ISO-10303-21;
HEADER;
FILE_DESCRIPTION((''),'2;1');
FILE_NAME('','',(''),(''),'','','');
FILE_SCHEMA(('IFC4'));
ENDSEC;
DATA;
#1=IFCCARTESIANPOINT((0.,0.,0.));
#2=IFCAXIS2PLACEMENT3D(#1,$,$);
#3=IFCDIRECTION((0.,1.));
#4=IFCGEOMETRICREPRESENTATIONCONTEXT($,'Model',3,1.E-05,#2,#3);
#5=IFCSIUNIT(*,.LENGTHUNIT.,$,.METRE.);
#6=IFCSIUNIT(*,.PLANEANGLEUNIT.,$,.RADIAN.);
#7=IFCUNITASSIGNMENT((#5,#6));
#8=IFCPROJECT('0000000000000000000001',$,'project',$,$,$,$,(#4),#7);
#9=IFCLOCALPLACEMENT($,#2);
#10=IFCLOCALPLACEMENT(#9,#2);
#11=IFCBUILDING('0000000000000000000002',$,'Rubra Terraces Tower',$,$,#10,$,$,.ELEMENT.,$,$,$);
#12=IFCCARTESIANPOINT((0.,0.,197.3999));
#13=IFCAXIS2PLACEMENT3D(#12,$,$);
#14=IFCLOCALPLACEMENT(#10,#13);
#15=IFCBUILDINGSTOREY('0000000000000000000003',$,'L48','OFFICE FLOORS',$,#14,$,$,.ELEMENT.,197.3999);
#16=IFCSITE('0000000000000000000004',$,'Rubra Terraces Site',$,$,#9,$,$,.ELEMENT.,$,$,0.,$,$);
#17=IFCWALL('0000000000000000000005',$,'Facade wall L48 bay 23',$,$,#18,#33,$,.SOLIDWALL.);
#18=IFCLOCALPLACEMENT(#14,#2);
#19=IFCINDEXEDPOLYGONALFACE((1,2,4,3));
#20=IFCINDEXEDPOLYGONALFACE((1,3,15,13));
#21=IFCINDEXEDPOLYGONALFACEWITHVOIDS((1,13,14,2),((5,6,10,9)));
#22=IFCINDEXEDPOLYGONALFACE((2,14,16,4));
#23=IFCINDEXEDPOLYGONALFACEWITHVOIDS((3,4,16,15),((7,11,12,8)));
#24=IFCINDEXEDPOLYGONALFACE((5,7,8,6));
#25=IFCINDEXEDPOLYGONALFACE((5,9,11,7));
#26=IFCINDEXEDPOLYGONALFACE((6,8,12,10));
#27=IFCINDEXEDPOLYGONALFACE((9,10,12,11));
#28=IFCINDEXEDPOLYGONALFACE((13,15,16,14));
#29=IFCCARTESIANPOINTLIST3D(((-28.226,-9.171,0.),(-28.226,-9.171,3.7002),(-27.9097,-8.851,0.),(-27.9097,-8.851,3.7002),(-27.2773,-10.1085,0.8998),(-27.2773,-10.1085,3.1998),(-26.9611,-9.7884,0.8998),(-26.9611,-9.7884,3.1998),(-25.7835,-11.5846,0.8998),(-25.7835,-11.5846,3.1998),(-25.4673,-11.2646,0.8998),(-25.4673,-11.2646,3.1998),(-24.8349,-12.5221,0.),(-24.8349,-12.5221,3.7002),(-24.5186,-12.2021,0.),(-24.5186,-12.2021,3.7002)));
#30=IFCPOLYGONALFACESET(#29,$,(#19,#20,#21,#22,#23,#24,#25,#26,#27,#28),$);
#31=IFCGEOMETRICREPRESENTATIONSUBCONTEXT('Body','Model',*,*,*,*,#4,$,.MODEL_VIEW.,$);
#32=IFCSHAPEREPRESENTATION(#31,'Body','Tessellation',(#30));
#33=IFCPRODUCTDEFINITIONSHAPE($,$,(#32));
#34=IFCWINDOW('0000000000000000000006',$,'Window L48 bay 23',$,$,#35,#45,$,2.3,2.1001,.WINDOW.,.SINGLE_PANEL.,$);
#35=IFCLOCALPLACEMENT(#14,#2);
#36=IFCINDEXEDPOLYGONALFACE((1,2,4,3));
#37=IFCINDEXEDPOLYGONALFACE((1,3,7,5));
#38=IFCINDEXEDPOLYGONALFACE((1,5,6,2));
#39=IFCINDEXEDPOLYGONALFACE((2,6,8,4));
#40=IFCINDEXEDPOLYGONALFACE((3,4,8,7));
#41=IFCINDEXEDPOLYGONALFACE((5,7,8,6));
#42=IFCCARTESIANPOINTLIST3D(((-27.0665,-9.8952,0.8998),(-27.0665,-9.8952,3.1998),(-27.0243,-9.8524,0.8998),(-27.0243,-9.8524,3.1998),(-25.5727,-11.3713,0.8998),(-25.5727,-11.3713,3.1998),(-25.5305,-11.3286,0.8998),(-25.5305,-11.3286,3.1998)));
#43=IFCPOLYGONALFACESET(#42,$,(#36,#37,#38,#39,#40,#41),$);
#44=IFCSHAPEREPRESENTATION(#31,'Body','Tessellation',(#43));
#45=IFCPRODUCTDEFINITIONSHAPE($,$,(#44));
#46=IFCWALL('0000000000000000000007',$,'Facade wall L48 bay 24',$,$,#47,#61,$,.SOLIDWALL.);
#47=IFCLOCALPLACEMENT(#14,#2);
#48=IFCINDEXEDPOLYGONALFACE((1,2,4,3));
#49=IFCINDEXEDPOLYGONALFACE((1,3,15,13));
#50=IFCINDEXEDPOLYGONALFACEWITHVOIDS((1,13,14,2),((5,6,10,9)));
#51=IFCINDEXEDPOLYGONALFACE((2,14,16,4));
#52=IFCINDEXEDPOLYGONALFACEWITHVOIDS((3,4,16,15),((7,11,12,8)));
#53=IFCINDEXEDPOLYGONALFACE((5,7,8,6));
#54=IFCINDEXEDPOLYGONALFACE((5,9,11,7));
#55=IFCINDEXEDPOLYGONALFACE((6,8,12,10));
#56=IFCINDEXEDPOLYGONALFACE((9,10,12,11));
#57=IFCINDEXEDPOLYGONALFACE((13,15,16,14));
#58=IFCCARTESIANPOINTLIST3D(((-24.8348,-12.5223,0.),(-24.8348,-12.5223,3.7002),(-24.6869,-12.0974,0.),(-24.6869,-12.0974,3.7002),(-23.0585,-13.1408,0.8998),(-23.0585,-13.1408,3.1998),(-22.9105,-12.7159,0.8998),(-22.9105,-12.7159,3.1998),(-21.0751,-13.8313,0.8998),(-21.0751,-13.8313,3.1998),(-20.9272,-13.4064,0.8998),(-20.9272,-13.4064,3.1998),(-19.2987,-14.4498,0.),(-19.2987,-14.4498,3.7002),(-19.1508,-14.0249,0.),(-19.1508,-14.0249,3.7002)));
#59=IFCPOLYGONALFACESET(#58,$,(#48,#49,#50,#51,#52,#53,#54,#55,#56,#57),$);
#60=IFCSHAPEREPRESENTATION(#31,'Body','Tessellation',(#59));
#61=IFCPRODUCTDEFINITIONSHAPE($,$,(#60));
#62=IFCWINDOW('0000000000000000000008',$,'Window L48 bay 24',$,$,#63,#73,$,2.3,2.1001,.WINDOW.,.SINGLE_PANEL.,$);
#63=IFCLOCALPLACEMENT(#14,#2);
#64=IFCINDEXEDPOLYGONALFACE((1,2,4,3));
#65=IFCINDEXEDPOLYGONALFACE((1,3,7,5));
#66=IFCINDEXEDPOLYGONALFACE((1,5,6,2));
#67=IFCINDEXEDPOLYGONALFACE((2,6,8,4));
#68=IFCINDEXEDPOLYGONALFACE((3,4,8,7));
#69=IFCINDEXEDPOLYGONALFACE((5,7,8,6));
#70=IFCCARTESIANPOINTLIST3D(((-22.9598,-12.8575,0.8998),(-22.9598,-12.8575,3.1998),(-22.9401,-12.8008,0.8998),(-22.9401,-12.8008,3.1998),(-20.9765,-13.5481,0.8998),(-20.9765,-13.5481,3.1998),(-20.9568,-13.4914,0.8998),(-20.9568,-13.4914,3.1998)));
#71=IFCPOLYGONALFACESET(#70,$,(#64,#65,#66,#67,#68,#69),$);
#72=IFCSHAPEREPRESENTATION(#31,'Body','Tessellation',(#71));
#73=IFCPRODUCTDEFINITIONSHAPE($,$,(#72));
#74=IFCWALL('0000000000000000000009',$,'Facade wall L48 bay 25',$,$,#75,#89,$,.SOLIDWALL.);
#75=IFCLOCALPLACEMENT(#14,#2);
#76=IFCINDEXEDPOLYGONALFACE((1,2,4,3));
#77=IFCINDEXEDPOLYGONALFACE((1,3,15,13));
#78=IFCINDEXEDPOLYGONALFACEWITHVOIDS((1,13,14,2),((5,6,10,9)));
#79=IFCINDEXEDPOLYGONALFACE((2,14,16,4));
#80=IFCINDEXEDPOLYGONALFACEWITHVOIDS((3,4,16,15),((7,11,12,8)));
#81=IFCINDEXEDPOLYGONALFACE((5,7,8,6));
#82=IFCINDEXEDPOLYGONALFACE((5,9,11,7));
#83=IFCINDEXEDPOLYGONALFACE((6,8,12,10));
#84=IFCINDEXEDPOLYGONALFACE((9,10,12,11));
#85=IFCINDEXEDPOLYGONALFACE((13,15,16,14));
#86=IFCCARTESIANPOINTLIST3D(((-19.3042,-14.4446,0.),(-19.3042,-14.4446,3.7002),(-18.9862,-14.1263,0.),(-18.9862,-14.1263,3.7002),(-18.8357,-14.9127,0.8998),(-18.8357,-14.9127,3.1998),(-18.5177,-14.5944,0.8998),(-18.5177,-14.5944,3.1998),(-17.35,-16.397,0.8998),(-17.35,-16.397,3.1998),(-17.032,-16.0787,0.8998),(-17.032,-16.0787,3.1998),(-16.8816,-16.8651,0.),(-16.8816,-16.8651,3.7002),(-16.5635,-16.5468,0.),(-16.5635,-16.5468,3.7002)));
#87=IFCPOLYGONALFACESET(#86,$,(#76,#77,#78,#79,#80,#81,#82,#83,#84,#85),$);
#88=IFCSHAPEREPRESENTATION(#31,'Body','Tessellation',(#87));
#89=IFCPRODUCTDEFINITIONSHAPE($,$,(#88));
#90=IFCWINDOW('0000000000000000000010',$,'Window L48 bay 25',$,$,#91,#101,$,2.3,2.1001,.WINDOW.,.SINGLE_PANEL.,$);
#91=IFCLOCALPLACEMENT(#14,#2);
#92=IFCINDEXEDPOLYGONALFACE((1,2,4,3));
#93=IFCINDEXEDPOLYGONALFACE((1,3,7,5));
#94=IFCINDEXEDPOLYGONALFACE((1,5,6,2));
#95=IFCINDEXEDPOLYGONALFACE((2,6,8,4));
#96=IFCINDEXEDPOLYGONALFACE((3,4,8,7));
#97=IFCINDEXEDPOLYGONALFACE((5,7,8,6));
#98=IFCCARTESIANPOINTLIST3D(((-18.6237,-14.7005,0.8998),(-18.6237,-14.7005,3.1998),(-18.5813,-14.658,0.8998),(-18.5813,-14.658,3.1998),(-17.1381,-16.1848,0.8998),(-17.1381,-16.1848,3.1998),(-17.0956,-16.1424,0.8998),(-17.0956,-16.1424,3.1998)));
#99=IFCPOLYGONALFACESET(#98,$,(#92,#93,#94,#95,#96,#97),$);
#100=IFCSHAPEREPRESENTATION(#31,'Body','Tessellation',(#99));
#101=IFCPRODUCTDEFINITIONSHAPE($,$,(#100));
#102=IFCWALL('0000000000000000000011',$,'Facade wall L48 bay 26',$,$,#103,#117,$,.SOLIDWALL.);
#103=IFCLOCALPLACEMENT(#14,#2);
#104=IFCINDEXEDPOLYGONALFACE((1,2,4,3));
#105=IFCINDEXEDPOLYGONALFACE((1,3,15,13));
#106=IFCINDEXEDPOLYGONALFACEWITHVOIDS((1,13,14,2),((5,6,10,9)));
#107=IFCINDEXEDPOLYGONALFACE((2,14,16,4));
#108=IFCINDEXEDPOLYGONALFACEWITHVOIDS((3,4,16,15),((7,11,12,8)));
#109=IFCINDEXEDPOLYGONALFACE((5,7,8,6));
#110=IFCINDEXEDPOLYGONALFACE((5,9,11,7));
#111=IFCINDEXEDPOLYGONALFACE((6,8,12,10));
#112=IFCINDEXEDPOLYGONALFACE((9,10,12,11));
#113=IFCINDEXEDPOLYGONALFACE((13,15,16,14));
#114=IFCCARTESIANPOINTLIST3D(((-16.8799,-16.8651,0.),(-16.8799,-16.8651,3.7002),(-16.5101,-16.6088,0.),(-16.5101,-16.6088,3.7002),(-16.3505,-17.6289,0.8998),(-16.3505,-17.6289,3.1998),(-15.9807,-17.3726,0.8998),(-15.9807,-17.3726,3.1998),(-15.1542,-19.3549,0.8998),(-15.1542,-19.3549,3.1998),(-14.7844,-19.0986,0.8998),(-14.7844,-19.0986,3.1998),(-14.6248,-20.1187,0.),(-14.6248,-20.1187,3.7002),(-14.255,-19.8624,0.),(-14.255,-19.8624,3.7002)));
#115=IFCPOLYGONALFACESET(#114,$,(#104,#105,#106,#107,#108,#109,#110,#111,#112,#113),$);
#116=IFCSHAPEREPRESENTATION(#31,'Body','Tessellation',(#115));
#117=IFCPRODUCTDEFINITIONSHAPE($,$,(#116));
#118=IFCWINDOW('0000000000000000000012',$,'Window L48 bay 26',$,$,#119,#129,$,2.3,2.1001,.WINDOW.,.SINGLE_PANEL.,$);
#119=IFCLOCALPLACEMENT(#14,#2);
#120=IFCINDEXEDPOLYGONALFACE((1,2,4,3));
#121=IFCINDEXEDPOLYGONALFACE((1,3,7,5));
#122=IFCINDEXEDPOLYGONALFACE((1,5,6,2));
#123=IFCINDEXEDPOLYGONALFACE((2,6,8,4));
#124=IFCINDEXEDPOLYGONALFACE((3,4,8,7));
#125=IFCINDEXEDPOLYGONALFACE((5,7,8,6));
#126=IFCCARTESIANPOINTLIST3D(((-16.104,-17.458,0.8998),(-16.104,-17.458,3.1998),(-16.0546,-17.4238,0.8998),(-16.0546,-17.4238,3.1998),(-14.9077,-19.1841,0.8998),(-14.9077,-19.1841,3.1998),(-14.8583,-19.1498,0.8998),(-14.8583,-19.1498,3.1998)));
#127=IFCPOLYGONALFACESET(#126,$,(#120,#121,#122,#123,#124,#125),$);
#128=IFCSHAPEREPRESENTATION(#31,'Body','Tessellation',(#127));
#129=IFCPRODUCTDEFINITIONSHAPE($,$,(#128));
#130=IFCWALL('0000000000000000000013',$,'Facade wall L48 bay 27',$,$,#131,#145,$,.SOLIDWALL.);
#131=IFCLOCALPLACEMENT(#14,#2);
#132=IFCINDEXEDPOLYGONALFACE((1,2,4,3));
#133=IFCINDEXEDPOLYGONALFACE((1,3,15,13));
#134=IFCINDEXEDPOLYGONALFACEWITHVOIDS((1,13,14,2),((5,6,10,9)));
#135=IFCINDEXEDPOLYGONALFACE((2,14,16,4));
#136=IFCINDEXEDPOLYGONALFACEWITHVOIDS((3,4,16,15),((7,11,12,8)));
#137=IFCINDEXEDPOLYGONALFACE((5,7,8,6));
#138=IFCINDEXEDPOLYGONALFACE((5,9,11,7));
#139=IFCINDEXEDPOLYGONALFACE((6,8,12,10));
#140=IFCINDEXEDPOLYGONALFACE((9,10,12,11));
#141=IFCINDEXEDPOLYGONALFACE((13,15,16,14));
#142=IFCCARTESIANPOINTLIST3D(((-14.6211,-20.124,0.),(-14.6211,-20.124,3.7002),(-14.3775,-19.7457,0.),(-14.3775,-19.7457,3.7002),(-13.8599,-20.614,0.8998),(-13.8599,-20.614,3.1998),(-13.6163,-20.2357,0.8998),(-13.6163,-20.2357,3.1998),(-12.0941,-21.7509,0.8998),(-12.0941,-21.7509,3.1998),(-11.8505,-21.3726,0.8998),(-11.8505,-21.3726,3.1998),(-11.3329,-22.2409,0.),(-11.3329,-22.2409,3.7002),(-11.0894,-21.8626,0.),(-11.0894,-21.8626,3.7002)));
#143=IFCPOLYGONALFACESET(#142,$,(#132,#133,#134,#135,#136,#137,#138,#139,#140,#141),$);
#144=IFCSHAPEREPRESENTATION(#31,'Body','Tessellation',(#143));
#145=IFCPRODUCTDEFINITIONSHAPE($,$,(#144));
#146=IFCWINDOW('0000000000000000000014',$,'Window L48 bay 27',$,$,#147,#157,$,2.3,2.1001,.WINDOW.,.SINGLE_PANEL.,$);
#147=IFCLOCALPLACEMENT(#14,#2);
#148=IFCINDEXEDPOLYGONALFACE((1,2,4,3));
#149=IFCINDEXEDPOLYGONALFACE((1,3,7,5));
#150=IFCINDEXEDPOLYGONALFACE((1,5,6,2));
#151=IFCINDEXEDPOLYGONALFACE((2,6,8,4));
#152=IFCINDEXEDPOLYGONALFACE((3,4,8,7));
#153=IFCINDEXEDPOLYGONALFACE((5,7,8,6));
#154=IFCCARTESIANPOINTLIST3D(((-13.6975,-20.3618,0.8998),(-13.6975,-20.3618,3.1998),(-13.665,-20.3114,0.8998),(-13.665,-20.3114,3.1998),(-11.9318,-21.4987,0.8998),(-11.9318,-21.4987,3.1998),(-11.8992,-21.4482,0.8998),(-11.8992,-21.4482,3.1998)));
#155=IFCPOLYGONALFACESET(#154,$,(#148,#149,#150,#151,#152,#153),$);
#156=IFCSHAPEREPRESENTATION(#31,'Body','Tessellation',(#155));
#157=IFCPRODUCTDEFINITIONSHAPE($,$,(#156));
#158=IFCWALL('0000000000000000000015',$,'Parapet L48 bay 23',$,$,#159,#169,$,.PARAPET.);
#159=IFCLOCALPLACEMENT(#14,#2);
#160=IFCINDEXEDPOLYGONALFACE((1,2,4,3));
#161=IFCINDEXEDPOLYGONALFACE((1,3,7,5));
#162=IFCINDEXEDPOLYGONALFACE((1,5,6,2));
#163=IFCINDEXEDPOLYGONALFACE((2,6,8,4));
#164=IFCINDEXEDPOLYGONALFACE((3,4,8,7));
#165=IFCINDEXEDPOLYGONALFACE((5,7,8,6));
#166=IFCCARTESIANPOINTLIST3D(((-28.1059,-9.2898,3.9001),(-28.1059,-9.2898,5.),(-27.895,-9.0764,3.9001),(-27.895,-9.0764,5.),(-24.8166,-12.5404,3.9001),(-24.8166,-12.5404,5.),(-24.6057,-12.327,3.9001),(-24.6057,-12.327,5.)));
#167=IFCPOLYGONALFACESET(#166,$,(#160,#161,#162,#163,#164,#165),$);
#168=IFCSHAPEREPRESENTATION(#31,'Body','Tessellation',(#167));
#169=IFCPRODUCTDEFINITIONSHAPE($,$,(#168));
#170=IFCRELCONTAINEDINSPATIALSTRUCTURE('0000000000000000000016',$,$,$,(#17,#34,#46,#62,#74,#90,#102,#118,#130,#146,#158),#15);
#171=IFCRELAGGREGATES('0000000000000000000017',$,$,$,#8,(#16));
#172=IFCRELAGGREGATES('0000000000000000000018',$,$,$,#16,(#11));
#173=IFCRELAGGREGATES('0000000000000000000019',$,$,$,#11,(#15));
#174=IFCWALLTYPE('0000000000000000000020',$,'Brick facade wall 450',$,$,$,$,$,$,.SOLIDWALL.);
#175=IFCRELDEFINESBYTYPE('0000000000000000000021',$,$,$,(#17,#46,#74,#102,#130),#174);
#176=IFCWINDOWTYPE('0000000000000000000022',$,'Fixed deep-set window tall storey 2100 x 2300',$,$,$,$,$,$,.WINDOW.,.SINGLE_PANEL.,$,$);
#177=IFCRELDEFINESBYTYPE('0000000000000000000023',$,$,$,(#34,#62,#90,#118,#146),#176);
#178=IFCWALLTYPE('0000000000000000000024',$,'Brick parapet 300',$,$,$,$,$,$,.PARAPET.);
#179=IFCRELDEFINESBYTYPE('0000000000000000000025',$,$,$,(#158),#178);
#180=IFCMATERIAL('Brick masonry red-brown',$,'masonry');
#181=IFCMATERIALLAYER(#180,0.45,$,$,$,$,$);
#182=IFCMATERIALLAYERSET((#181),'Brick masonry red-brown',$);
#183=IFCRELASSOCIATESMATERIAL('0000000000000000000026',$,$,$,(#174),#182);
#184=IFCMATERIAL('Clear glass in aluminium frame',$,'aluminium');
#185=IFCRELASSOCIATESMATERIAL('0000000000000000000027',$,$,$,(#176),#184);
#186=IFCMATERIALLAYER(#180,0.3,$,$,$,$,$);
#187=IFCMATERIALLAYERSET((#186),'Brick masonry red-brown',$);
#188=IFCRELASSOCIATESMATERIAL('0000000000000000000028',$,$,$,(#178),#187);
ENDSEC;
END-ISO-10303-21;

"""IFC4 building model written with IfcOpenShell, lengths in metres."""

from ifc_helpers import new_model, si_unit, direction, frame, frame_2d, origin, place, context, subcontext, project, spatial, rectangle, extrude, material, layer, layer_set, type_object, element, fill, save


model = new_model("IFC4")

# Units and contexts
model_context = context("Model", 3, precision=1e-05, world=origin(), true_north=direction((0.0, 1.0)))
body_context = subcontext(model_context, "Body", "Model", "MODEL_VIEW")
ifc_project = project(units=[si_unit("LENGTHUNIT", "METRE"), si_unit("PLANEANGLEUNIT", "RADIAN")], contexts=[model_context])

# Site, building, storey
site_placement = place(None, origin())
site = spatial("IfcSite", under=ifc_project, at=site_placement, Name="Rubra Terraces Site", CompositionType="ELEMENT", RefElevation=0.0)
building_placement = place(site_placement, origin())
building = spatial("IfcBuilding", under=site, at=building_placement, Name="Rubra Terraces Tower", CompositionType="ELEMENT")
storey_placement = place(building_placement, frame((0.0, 0.0, 197.3999)))
storey = spatial("IfcBuildingStorey", under=building, at=storey_placement, Name="L48", Description="OFFICE FLOORS", CompositionType="ELEMENT", Elevation=197.3999)

# Walls, openings, windows
ifc_material_1 = material(Name="Brick masonry red-brown", Category="masonry")
ifc_layer_1 = layer(ifc_material_1, 0.45)
ifc_layer_set_1 = layer_set([ifc_layer_1], Name="Brick masonry red-brown")
wall_type_1 = type_object("IfcWallType", Name="Brick facade wall 450", PredefinedType="SOLIDWALL", material=ifc_layer_set_1)
wall_1_placement = place(storey_placement, frame((-28.0679, -9.011, 0.0), z_axis=(0.0, 0.0, 1.0), x_axis=(0.711293, -0.702895, 0.0)))
wall_1 = element("IfcWall", 1, at=wall_1_placement, inside=storey, type_object=wall_type_1, Name="Facade wall L48 bay 23", PredefinedType="SOLIDWALL", context=body_context, shape_type="SweptSolid", body=[
    extrude(rectangle(XDim=4.7676, YDim=0.45, at=frame_2d((2.3838, 0.0))), origin(), (0.0, 0.0, 1.0), 3.7002),
])
opening_1_placement = place(wall_1_placement, frame((1.3337, 0.0, 0.8999)))
opening_1 = element("IfcOpeningElement", 2, at=opening_1_placement, cuts=wall_1, PredefinedType="OPENING", context=body_context, shape_type="SweptSolid", body=[
    extrude(rectangle(XDim=2.1001, YDim=2.3, at=frame_2d((1.05, 1.1499))), frame((0.0, 0.2349, 0.0), z_axis=(0.0, -1.0, 0.0), x_axis=(1.0, 0.0, 0.0)), (0.0, 0.0, 1.0), 0.47),
])
ifc_material_2 = material(Name="Clear glass in aluminium frame", Category="aluminium")
window_type = type_object("IfcWindowType", Name="Fixed deep-set window tall storey 2100 x 2300", PartitioningType="SINGLE_PANEL", PredefinedType="WINDOW", material=ifc_material_2)
window_1_placement = place(opening_1_placement, origin())
window_1 = element("IfcWindow", 3, at=window_1_placement, inside=storey, type_object=window_type, Name="Window L48 bay 23", OverallHeight=2.3, OverallWidth=2.1001, PartitioningType="SINGLE_PANEL", PredefinedType="WINDOW", context=body_context, shape_type="SweptSolid", body=[
    extrude(rectangle(XDim=2.1001, YDim=2.3, at=frame_2d((1.05, 1.1499))), frame((0.0, 0.135, 0.0), z_axis=(0.0, -1.0, 0.0), x_axis=(1.0, 0.0, 0.0)), (0.0, 0.0, 1.0), 0.0601),
])
fill(opening_1, window_1)
wall_2_placement = place(storey_placement, frame((-24.761, -12.3098, 0.0), z_axis=(0.0, 0.0, 1.0), x_axis=(0.944397, -0.328807, 0.0)))
wall_2 = element("IfcWall", 4, at=wall_2_placement, inside=storey, type_object=wall_type_1, Name="Facade wall L48 bay 24", PredefinedType="SOLIDWALL", context=body_context, shape_type="SweptSolid", body=[
    extrude(rectangle(XDim=5.8621, YDim=0.45, at=frame_2d((2.9312, 0.0))), origin(), (0.0, 0.0, 1.0), 3.7002),
])
opening_2_placement = place(wall_2_placement, frame((1.8811, 0.0, 0.8999)))
opening_2 = element("IfcOpeningElement", 5, at=opening_2_placement, cuts=wall_2, PredefinedType="OPENING", context=body_context, shape_type="SweptSolid", body=[
    extrude(rectangle(XDim=2.1001, YDim=2.3, at=frame_2d((1.05, 1.1499))), frame((0.0, 0.2349, 0.0), z_axis=(0.0, -1.0, 0.0), x_axis=(1.0, 0.0, 0.0)), (0.0, 0.0, 1.0), 0.47),
])
window_2_placement = place(opening_2_placement, origin())
window_2 = element("IfcWindow", 6, at=window_2_placement, inside=storey, type_object=window_type, Name="Window L48 bay 24", OverallHeight=2.3, OverallWidth=2.1001, PartitioningType="SINGLE_PANEL", PredefinedType="WINDOW", context=body_context, shape_type="SweptSolid", body=[
    extrude(rectangle(XDim=2.1001, YDim=2.3, at=frame_2d((1.05, 1.1499))), frame((0.0, 0.135, 0.0), z_axis=(0.0, -1.0, 0.0), x_axis=(1.0, 0.0, 0.0)), (0.0, 0.0, 1.0), 0.0601),
])
fill(opening_2, window_2)
wall_3_placement = place(storey_placement, frame((-19.1453, -14.2854, 0.0), z_axis=(0.0, 0.0, 1.0), x_axis=(0.707428, -0.706786, 0.0)))
wall_3 = element("IfcWall", 7, at=wall_3_placement, inside=storey, type_object=wall_type_1, Name="Facade wall L48 bay 25", PredefinedType="SOLIDWALL", context=body_context, shape_type="SweptSolid", body=[
    extrude(rectangle(XDim=3.4246, YDim=0.45, at=frame_2d((1.7124, 0.0))), origin(), (0.0, 0.0, 1.0), 3.7002),
])
opening_3_placement = place(wall_3_placement, frame((0.6624, 0.0, 0.8999)))
opening_3 = element("IfcOpeningElement", 8, at=opening_3_placement, cuts=wall_3, PredefinedType="OPENING", context=body_context, shape_type="SweptSolid", body=[
    extrude(rectangle(XDim=2.1001, YDim=2.3, at=frame_2d((1.05, 1.1499))), frame((0.0, 0.2349, 0.0), z_axis=(0.0, -1.0, 0.0), x_axis=(1.0, 0.0, 0.0)), (0.0, 0.0, 1.0), 0.47),
])
window_3_placement = place(opening_3_placement, origin())
window_3 = element("IfcWindow", 9, at=window_3_placement, inside=storey, type_object=window_type, Name="Window L48 bay 25", OverallHeight=2.3, OverallWidth=2.1001, PartitioningType="SINGLE_PANEL", PredefinedType="WINDOW", context=body_context, shape_type="SweptSolid", body=[
    extrude(rectangle(XDim=2.1001, YDim=2.3, at=frame_2d((1.05, 1.1499))), frame((0.0, 0.135, 0.0), z_axis=(0.0, -1.0, 0.0), x_axis=(1.0, 0.0, 0.0)), (0.0, 0.0, 1.0), 0.0601),
])
fill(opening_3, window_3)
wall_4_placement = place(storey_placement, frame((-16.6951, -16.7368, 0.0), z_axis=(0.0, 0.0, 1.0), x_axis=(0.569652, -0.821886, 0.0)))
wall_4 = element("IfcWall", 10, at=wall_4_placement, inside=storey, type_object=wall_type_1, Name="Facade wall L48 bay 26", PredefinedType="SOLIDWALL", context=body_context, shape_type="SweptSolid", body=[
    extrude(rectangle(XDim=3.9587, YDim=0.45, at=frame_2d((1.9795, 0.0))), origin(), (0.0, 0.0, 1.0), 3.7002),
])
opening_4_placement = place(wall_4_placement, frame((0.9294, 0.0, 0.8999)))
opening_4 = element("IfcOpeningElement", 11, at=opening_4_placement, cuts=wall_4, PredefinedType="OPENING", context=body_context, shape_type="SweptSolid", body=[
    extrude(rectangle(XDim=2.1001, YDim=2.3, at=frame_2d((1.05, 1.1499))), frame((0.0, 0.2349, 0.0), z_axis=(0.0, -1.0, 0.0), x_axis=(1.0, 0.0, 0.0)), (0.0, 0.0, 1.0), 0.47),
])
window_4_placement = place(opening_4_placement, origin())
window_4 = element("IfcWindow", 12, at=window_4_placement, inside=storey, type_object=window_type, Name="Window L48 bay 26", OverallHeight=2.3, OverallWidth=2.1001, PartitioningType="SINGLE_PANEL", PredefinedType="WINDOW", context=body_context, shape_type="SweptSolid", body=[
    extrude(rectangle(XDim=2.1001, YDim=2.3, at=frame_2d((1.05, 1.1499))), frame((0.0, 0.135, 0.0), z_axis=(0.0, -1.0, 0.0), x_axis=(1.0, 0.0, 0.0)), (0.0, 0.0, 1.0), 0.0601),
])
fill(opening_4, window_4)
wall_5_placement = place(storey_placement, frame((-14.4993, -19.9348, 0.0), z_axis=(0.0, 0.0, 1.0), x_axis=(0.840809, -0.541332, 0.0)))
wall_5 = element("IfcWall", 13, at=wall_5_placement, inside=storey, type_object=wall_type_1, Name="Facade wall L48 bay 27", PredefinedType="SOLIDWALL", context=body_context, shape_type="SweptSolid", body=[
    extrude(rectangle(XDim=3.9106, YDim=0.45, at=frame_2d((1.9553, 0.0))), origin(), (0.0, 0.0, 1.0), 3.7002),
])
opening_5_placement = place(wall_5_placement, frame((0.9053, 0.0, 0.8999)))
opening_5 = element("IfcOpeningElement", 14, at=opening_5_placement, cuts=wall_5, PredefinedType="OPENING", context=body_context, shape_type="SweptSolid", body=[
    extrude(rectangle(XDim=2.1001, YDim=2.3, at=frame_2d((1.05, 1.1499))), frame((0.0, 0.2349, 0.0), z_axis=(0.0, -1.0, 0.0), x_axis=(1.0, 0.0, 0.0)), (0.0, 0.0, 1.0), 0.47),
])
window_5_placement = place(opening_5_placement, origin())
window_5 = element("IfcWindow", 15, at=window_5_placement, inside=storey, type_object=window_type, Name="Window L48 bay 27", OverallHeight=2.3, OverallWidth=2.1001, PartitioningType="SINGLE_PANEL", PredefinedType="WINDOW", context=body_context, shape_type="SweptSolid", body=[
    extrude(rectangle(XDim=2.1001, YDim=2.3, at=frame_2d((1.05, 1.1499))), frame((0.0, 0.135, 0.0), z_axis=(0.0, -1.0, 0.0), x_axis=(1.0, 0.0, 0.0)), (0.0, 0.0, 1.0), 0.0601),
])
fill(opening_5, window_5)

# Wall
ifc_layer_2 = layer(ifc_material_1, 0.3)
ifc_layer_set_2 = layer_set([ifc_layer_2], Name="Brick masonry red-brown")
wall_type_2 = type_object("IfcWallType", Name="Brick parapet 300", PredefinedType="PARAPET", material=ifc_layer_set_2)
wall_6_placement = place(storey_placement, frame((-28.0005, -9.1831, 3.9001), z_axis=(0.0, 0.0, 1.0), x_axis=(0.711291, -0.702897, 0.0)))
element("IfcWall", 16, at=wall_6_placement, inside=storey, type_object=wall_type_2, Name="Parapet L48 bay 23", PredefinedType="PARAPET", context=body_context, shape_type="SweptSolid", body=[
    extrude(rectangle(XDim=4.6245, YDim=0.3, at=frame_2d((2.3123, 0.0))), origin(), (0.0, 0.0, 1.0), 1.0999),
])

save(model, "model.ifc")
